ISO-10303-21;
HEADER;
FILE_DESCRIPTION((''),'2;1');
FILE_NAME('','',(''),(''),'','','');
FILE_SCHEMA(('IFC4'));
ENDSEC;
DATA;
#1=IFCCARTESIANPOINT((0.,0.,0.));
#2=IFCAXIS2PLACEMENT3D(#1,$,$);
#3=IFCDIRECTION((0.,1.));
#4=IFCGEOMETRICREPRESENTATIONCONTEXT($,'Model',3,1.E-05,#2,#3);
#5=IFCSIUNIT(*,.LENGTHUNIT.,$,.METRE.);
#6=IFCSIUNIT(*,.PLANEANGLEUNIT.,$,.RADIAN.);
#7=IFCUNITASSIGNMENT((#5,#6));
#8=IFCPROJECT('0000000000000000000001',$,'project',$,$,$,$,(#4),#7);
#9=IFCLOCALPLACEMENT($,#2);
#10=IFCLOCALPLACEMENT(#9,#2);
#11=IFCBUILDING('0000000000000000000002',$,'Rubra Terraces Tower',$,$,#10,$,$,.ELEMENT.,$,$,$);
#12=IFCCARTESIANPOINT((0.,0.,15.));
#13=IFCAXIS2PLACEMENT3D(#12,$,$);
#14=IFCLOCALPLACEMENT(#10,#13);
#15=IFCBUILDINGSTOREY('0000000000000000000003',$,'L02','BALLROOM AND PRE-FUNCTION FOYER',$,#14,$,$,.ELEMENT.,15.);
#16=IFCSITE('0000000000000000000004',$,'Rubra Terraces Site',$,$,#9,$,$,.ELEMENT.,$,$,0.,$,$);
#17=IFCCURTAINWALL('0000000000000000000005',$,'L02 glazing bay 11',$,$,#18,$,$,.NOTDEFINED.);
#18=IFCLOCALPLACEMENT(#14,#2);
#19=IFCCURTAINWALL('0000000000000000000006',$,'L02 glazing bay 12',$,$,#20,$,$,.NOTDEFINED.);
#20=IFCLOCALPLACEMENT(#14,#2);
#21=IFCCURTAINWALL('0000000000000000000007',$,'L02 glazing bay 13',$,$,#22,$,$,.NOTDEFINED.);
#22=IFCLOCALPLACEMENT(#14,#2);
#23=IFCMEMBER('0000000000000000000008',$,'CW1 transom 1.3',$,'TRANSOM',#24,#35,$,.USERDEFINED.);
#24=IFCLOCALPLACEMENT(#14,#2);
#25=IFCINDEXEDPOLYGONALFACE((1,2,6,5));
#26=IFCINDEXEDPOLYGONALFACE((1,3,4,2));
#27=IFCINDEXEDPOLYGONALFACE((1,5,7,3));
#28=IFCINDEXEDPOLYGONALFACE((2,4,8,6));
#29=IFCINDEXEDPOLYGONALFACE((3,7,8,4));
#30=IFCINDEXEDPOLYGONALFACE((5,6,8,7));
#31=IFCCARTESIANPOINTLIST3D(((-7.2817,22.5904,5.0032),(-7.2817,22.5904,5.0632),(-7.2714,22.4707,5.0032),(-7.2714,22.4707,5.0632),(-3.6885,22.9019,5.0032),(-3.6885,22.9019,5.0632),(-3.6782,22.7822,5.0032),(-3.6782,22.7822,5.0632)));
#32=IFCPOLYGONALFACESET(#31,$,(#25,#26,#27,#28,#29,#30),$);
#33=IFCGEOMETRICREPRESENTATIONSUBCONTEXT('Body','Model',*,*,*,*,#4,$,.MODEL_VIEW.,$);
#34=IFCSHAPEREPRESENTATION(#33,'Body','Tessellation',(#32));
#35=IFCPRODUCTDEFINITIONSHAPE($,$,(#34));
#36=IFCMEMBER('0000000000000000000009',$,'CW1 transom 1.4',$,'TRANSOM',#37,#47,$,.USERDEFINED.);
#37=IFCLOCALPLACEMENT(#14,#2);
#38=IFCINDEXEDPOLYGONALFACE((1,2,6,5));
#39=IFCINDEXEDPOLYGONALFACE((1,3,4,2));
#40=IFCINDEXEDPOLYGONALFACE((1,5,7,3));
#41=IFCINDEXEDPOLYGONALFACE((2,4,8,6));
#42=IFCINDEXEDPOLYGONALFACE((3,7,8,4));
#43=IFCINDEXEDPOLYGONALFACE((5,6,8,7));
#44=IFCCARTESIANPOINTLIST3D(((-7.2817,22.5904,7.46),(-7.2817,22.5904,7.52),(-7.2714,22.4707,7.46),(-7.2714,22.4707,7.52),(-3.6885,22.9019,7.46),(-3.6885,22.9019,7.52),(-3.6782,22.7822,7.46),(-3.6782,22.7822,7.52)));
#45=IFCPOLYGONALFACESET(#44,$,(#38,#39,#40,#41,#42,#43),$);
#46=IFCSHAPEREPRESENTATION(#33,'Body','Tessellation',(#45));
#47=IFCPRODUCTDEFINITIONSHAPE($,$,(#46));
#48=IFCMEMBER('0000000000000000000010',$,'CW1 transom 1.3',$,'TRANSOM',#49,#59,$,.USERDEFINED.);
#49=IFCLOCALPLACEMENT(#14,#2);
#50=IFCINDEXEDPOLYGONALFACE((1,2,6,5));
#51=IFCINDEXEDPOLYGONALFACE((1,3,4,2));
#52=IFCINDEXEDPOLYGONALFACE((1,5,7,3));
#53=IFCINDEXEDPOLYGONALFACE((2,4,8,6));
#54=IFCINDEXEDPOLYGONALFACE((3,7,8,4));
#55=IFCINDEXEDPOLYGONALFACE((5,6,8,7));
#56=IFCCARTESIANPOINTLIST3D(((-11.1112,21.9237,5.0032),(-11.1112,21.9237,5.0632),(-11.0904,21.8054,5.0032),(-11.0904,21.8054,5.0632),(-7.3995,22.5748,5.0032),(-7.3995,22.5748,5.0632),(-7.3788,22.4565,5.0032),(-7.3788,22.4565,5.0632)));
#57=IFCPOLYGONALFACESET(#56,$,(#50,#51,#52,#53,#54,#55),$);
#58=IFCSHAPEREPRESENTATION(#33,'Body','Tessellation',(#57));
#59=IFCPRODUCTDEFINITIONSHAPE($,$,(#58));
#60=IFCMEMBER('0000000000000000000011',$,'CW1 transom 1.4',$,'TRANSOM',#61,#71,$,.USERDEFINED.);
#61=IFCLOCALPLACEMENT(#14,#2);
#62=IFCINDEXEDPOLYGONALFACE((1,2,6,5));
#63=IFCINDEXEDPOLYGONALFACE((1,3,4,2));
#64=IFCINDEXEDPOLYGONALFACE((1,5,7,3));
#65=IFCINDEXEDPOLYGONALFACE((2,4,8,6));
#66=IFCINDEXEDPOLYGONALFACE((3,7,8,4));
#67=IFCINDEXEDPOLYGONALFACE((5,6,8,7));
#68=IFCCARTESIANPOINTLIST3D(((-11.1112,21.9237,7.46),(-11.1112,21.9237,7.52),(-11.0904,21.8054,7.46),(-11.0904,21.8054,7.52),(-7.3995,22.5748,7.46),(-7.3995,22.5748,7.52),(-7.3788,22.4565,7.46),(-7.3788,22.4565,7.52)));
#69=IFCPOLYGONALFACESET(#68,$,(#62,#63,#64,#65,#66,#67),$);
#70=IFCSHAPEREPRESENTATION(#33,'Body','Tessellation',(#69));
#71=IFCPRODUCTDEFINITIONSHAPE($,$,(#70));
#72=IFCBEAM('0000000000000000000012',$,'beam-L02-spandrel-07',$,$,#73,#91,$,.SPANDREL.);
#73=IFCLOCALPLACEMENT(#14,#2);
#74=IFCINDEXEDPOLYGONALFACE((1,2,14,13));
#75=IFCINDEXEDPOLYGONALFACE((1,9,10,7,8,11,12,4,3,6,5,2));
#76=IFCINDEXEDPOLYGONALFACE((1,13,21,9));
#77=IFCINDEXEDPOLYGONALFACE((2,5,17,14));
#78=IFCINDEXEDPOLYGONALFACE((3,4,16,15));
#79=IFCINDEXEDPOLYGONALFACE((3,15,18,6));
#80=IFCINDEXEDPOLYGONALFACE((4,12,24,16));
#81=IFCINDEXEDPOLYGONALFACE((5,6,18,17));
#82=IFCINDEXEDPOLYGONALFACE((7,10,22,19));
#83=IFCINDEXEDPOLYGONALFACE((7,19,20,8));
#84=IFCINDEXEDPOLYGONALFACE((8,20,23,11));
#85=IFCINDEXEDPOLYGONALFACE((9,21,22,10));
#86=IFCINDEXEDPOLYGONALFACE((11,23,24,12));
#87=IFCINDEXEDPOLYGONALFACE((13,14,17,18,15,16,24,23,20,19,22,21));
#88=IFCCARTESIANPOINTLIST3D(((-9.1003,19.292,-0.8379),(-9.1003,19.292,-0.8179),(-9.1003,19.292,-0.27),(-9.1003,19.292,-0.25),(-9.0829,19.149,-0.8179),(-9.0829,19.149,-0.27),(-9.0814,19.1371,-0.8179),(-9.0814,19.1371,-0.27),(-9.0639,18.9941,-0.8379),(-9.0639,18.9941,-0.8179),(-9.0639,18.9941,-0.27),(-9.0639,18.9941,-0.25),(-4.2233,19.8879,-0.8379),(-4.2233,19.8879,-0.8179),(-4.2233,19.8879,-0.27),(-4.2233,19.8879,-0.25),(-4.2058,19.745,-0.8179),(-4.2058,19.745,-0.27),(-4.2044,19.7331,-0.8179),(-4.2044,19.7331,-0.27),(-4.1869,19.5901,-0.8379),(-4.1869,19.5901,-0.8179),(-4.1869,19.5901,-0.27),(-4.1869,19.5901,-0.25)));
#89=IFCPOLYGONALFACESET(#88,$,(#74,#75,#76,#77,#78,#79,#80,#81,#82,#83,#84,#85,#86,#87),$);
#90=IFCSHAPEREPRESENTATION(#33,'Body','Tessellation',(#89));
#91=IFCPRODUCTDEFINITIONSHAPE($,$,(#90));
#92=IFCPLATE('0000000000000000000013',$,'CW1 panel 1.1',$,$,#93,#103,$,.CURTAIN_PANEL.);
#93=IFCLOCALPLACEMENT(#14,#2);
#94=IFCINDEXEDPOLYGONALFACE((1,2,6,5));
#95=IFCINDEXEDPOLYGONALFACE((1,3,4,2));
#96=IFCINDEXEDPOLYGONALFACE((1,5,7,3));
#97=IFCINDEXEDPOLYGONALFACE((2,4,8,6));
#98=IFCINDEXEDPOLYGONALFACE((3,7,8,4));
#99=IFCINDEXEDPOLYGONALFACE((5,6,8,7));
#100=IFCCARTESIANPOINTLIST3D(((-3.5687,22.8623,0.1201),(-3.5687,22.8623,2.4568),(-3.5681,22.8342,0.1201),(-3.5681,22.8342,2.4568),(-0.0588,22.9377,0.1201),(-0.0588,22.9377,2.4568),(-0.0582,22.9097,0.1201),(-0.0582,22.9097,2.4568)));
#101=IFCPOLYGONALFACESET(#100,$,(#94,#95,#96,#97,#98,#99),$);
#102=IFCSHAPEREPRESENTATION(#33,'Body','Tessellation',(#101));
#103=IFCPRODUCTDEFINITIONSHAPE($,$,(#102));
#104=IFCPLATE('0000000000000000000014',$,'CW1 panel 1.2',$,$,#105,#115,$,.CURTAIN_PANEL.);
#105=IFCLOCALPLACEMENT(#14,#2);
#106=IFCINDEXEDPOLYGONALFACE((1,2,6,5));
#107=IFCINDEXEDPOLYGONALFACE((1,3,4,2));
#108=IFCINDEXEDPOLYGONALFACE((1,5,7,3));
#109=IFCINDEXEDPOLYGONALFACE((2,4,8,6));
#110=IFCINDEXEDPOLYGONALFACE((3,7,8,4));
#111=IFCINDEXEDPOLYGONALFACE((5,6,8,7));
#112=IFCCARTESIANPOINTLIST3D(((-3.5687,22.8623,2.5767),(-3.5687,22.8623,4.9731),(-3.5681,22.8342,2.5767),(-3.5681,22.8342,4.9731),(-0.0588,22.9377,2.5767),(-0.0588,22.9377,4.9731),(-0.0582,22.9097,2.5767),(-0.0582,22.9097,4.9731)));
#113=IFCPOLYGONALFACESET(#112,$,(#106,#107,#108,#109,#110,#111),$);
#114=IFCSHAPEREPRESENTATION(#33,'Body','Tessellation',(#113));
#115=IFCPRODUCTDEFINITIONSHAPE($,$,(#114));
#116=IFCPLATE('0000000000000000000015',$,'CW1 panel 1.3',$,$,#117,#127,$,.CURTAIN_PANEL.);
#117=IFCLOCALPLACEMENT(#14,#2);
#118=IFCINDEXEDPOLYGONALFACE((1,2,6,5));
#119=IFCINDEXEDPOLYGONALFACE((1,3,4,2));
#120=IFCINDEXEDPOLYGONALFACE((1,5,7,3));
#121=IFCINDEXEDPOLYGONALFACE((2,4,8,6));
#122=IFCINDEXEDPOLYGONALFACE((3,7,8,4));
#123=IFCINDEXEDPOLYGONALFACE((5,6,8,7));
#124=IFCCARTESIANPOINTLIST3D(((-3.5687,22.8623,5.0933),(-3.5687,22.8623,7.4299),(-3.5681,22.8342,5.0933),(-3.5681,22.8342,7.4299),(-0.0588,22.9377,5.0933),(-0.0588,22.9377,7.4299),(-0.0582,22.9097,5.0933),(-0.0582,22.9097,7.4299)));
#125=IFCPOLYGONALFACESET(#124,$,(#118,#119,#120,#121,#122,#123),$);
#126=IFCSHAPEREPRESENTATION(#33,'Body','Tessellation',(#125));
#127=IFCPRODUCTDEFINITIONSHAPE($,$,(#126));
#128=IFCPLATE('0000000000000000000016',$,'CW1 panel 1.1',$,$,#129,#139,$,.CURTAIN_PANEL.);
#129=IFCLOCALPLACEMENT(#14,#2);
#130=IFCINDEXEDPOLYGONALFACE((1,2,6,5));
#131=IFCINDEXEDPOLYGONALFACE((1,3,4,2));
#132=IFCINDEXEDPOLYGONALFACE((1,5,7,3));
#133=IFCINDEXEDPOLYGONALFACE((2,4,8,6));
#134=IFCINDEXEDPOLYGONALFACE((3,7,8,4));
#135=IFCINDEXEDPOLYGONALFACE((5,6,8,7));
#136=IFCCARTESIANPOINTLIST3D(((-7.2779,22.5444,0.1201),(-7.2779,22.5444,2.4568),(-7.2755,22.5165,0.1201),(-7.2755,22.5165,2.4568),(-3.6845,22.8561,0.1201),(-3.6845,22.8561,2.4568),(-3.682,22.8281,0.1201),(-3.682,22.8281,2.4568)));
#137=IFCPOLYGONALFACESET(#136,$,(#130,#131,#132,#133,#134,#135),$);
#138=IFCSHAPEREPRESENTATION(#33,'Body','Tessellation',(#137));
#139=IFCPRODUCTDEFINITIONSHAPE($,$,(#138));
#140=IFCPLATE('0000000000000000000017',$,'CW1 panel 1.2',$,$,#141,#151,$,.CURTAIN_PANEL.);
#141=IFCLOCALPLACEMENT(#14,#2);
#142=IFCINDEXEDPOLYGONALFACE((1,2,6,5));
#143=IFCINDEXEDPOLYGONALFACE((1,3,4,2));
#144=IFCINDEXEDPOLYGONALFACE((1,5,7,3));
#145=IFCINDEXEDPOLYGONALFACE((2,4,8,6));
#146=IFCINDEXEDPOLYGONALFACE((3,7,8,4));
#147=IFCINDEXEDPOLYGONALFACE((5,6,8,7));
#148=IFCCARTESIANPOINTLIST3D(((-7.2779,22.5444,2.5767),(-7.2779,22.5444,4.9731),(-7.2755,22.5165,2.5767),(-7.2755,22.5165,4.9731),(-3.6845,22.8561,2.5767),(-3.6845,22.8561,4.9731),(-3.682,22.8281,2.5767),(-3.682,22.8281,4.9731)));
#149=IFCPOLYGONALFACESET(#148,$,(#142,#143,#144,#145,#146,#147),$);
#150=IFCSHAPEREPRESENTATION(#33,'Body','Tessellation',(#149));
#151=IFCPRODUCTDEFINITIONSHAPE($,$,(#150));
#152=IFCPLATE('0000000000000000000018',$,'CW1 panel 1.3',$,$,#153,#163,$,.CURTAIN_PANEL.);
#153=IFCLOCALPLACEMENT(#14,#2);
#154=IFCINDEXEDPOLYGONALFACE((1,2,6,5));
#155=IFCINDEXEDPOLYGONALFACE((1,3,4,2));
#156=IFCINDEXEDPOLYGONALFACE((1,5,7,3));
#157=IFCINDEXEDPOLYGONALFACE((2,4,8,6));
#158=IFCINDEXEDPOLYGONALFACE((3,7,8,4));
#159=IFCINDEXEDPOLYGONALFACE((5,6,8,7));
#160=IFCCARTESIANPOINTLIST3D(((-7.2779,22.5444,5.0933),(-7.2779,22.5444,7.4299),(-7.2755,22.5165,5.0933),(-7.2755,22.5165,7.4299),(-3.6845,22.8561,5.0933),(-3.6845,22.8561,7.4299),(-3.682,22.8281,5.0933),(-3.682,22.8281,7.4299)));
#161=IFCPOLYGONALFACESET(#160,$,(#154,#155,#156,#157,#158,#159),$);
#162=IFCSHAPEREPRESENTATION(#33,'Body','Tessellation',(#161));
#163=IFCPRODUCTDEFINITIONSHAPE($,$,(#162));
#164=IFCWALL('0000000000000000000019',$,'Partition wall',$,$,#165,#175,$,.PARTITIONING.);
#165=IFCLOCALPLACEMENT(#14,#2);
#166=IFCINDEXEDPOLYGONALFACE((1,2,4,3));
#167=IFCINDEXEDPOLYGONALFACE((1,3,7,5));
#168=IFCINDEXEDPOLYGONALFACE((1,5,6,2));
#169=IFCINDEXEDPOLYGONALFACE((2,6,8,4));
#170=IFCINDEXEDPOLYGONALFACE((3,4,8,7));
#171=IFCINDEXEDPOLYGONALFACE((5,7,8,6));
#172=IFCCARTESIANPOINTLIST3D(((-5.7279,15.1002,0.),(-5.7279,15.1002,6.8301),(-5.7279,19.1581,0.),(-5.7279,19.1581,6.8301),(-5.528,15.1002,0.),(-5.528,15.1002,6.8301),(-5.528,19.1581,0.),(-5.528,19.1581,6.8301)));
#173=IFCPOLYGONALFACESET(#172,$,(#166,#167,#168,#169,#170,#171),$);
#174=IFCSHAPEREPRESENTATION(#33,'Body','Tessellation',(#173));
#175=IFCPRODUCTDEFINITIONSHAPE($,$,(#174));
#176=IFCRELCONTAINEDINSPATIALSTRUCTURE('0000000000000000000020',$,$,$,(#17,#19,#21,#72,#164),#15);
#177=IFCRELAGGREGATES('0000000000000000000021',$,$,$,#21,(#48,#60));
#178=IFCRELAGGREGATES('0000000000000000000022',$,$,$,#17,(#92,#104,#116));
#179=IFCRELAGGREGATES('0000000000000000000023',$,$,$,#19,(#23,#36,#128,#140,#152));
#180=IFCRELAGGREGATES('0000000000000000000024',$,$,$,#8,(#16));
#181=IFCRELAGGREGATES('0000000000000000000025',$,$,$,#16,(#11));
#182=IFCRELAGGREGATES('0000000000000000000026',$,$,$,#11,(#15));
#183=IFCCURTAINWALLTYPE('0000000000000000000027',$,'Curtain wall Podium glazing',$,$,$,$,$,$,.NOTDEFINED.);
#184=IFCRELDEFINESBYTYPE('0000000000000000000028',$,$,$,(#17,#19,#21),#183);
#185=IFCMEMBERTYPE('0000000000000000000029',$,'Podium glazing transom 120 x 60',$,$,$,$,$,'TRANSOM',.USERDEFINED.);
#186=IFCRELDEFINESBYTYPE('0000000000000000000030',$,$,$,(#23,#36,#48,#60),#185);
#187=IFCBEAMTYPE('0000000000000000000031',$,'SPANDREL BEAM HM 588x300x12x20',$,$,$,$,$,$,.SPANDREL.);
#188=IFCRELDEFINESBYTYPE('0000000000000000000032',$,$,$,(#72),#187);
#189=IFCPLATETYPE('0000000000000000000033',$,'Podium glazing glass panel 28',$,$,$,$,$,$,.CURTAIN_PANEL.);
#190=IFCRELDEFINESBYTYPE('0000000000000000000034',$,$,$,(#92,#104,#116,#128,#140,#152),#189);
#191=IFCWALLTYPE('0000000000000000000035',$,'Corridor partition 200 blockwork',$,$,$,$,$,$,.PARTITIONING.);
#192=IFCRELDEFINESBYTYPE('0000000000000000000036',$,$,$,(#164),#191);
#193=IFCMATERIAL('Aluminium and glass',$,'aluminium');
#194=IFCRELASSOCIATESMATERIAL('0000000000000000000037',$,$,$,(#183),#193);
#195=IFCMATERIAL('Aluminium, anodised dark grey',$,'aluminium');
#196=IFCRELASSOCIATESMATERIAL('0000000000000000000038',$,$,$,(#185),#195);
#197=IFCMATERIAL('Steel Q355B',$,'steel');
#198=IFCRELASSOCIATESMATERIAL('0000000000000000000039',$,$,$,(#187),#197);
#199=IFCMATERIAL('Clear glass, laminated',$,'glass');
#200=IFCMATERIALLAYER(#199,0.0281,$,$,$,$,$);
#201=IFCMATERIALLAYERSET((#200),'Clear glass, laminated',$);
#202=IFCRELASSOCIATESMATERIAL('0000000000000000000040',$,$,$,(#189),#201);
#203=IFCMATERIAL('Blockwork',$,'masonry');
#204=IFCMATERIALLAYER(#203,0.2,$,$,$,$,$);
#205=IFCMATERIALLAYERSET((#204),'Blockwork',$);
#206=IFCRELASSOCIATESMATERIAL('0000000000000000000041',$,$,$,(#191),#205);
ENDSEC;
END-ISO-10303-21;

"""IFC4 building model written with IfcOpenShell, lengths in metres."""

from ifc_helpers import new_model, si_unit, direction, frame, frame_2d, origin, origin_2d, place, context, subcontext, project, spatial, rectangle, i_section, extrude, material, layer, layer_set, material_profile, profile_set, type_object, element, aggregate, save


model = new_model("IFC4")

# Units and contexts
model_context = context("Model", 3, precision=1e-05, world=origin(), true_north=direction((0.0, 1.0)))
body_context = subcontext(model_context, "Body", "Model", "MODEL_VIEW")
ifc_project = project(units=[si_unit("LENGTHUNIT", "METRE"), si_unit("PLANEANGLEUNIT", "RADIAN")], contexts=[model_context])

# Site, building, storey
site_placement = place(None, origin())
site = spatial("IfcSite", under=ifc_project, at=site_placement, Name="Rubra Terraces Site", CompositionType="ELEMENT", RefElevation=0.0)
building_placement = place(site_placement, origin())
building = spatial("IfcBuilding", under=site, at=building_placement, Name="Rubra Terraces Tower", CompositionType="ELEMENT")
storey_placement = place(building_placement, frame((0.0, 0.0, 15.0)))
storey = spatial("IfcBuildingStorey", under=building, at=storey_placement, Name="L02", Description="BALLROOM AND PRE-FUNCTION FOYER", CompositionType="ELEMENT", Elevation=15.0)

# Shared definitions
ifc_material_1 = material(Name="Steel Q355B", Category="steel")

# Curtain walls
ifc_material_2 = material(Name="Aluminium and glass", Category="aluminium")
curtain_wall_type = type_object("IfcCurtainWallType", Name="Curtain wall Podium glazing", PredefinedType="NOTDEFINED", material=ifc_material_2)
curtain_wall_1_placement = place(storey_placement, origin())
curtain_wall_1 = element("IfcCurtainWall", 1, at=curtain_wall_1_placement, inside=storey, type_object=curtain_wall_type, Name="L02 glazing bay 11", PredefinedType="NOTDEFINED")
ifc_material_3 = material(Name="Aluminium, anodised dark grey", Category="aluminium")
curtain_wall_2_placement = place(storey_placement, origin())
curtain_wall_2 = element("IfcCurtainWall", 2, at=curtain_wall_2_placement, inside=storey, type_object=curtain_wall_type, Name="L02 glazing bay 12", PredefinedType="NOTDEFINED")
curtain_wall_3_placement = place(storey_placement, origin())
curtain_wall_3 = element("IfcCurtainWall", 3, at=curtain_wall_3_placement, inside=storey, type_object=curtain_wall_type, Name="L02 glazing bay 13", PredefinedType="NOTDEFINED")

# Members
ifc_material_profile_1 = material_profile(ifc_material_3, rectangle(XDim=0.1201, YDim=0.0601, at=origin_2d()), Name="AL 120x60")
ifc_profile_set_1 = profile_set([ifc_material_profile_1], Name="Aluminium, anodised dark grey")
member_type_1 = type_object("IfcMemberType", Name="Podium glazing transom 120 x 60", ElementType="TRANSOM", PredefinedType="USERDEFINED", material=ifc_profile_set_1)
member_1_placement = place(storey_placement, frame((-3.6833, 22.842, 5.0332), z_axis=(-0.996263, -0.086373, 0.0), x_axis=(0.086373, -0.996263, 0.0)))
member_1 = element("IfcMember", 4, at=member_1_placement, type_object=member_type_1, Name="CW1 transom 1.3", ObjectType="TRANSOM", PredefinedType="USERDEFINED", context=body_context, shape_type="SweptSolid", body=[
    extrude(rectangle(XDim=0.1201, YDim=0.0601, at=origin_2d()), origin(), (0.0, 0.0, 1.0), 3.6067),
])
member_2_placement = place(storey_placement, frame((-3.6833, 22.842, 7.49), z_axis=(-0.996263, -0.086373, 0.0), x_axis=(0.086373, -0.996263, 0.0)))
member_2 = element("IfcMember", 5, at=member_2_placement, type_object=member_type_1, Name="CW1 transom 1.4", ObjectType="TRANSOM", PredefinedType="USERDEFINED", context=body_context, shape_type="SweptSolid", body=[
    extrude(rectangle(XDim=0.1201, YDim=0.0601, at=origin_2d()), origin(), (0.0, 0.0, 1.0), 3.6067),
])
member_3_placement = place(storey_placement, frame((-7.3892, 22.5156, 5.0332), z_axis=(-0.984959, -0.172787, 0.0), x_axis=(0.172787, -0.984959, 0.0)))
member_3 = element("IfcMember", 6, at=member_3_placement, type_object=member_type_1, Name="CW1 transom 1.3", ObjectType="TRANSOM", PredefinedType="USERDEFINED", context=body_context, shape_type="SweptSolid", body=[
    extrude(rectangle(XDim=0.1201, YDim=0.0601, at=origin_2d()), origin(), (0.0, 0.0, 1.0), 3.7683),
])
member_4_placement = place(storey_placement, frame((-7.3892, 22.5156, 7.49), z_axis=(-0.984959, -0.172787, 0.0), x_axis=(0.172787, -0.984959, 0.0)))
member_4 = element("IfcMember", 7, at=member_4_placement, type_object=member_type_1, Name="CW1 transom 1.4", ObjectType="TRANSOM", PredefinedType="USERDEFINED", context=body_context, shape_type="SweptSolid", body=[
    extrude(rectangle(XDim=0.1201, YDim=0.0601, at=origin_2d()), origin(), (0.0, 0.0, 1.0), 3.7683),
])
aggregate(curtain_wall_3, [member_3, member_4])

# Beam
ifc_material_profile_2 = material_profile(ifc_material_1, i_section(OverallWidth=0.3, OverallDepth=0.5879, WebThickness=0.012, FlangeThickness=0.02, at=origin_2d()), Name="HM 588x300x12x20")
ifc_profile_set_2 = profile_set([ifc_material_profile_2], Name="Steel Q355B")
beam_type_1 = type_object("IfcBeamType", Name="SPANDREL BEAM HM 588x300x12x20", PredefinedType="SPANDREL", material=ifc_profile_set_2)
beam_1_placement = place(storey_placement, frame((-4.2051, 19.739, -0.5439), z_axis=(-0.992617, -0.121294, 0.0), x_axis=(0.121294, -0.992617, 0.0)))
element("IfcBeam", 8, at=beam_1_placement, inside=storey, type_object=beam_type_1, Name="beam-L02-spandrel-07", PredefinedType="SPANDREL", context=body_context, shape_type="SweptSolid", body=[
    extrude(i_section(OverallWidth=0.3, OverallDepth=0.5879, WebThickness=0.012, FlangeThickness=0.02, at=origin_2d()), origin(), (0.0, 0.0, 1.0), 4.9133),
])

# Plates
ifc_material_4 = material(Name="Clear glass, laminated", Category="glass")
ifc_layer_1 = layer(ifc_material_4, 0.0281)
ifc_layer_set_1 = layer_set([ifc_layer_1], Name="Clear glass, laminated")
plate_type = type_object("IfcPlateType", Name="Podium glazing glass panel 28", PredefinedType="CURTAIN_PANEL", material=ifc_layer_set_1)
plate_1_placement = place(storey_placement, frame((-1.8135, 22.886, 0.1201), z_axis=(0.0, 0.0, 1.0), x_axis=(-0.999769, -0.021483, 0.0)))
plate_1 = element("IfcPlate", 9, at=plate_1_placement, type_object=plate_type, Name="CW1 panel 1.1", PredefinedType="CURTAIN_PANEL", context=body_context, shape_type="SweptSolid", body=[
    extrude(rectangle(XDim=3.5107, YDim=0.0281, at=origin_2d()), origin(), (0.0, 0.0, 1.0), 2.3367),
])
plate_2_placement = place(storey_placement, frame((-1.8135, 22.886, 2.5767), z_axis=(0.0, 0.0, 1.0), x_axis=(-0.999769, -0.021483, 0.0)))
plate_2 = element("IfcPlate", 10, at=plate_2_placement, type_object=plate_type, Name="CW1 panel 1.2", PredefinedType="CURTAIN_PANEL", context=body_context, shape_type="SweptSolid", body=[
    extrude(rectangle(XDim=3.5107, YDim=0.0281, at=origin_2d()), origin(), (0.0, 0.0, 1.0), 2.3965),
])
plate_3_placement = place(storey_placement, frame((-1.8135, 22.886, 5.0933), z_axis=(0.0, 0.0, 1.0), x_axis=(-0.999769, -0.021483, 0.0)))
plate_3 = element("IfcPlate", 11, at=plate_3_placement, type_object=plate_type, Name="CW1 panel 1.3", PredefinedType="CURTAIN_PANEL", context=body_context, shape_type="SweptSolid", body=[
    extrude(rectangle(XDim=3.5107, YDim=0.0281, at=origin_2d()), origin(), (0.0, 0.0, 1.0), 2.3367),
])
aggregate(curtain_wall_1, [plate_1, plate_2, plate_3])
plate_4_placement = place(storey_placement, frame((-5.48, 22.6863, 0.1201), z_axis=(0.0, 0.0, 1.0), x_axis=(-0.996261, -0.086398, 0.0)))
plate_4 = element("IfcPlate", 12, at=plate_4_placement, type_object=plate_type, Name="CW1 panel 1.1", PredefinedType="CURTAIN_PANEL", context=body_context, shape_type="SweptSolid", body=[
    extrude(rectangle(XDim=3.6069, YDim=0.0281, at=origin_2d()), origin(), (0.0, 0.0, 1.0), 2.3367),
])
plate_5_placement = place(storey_placement, frame((-5.48, 22.6863, 2.5767), z_axis=(0.0, 0.0, 1.0), x_axis=(-0.996261, -0.086398, 0.0)))
plate_5 = element("IfcPlate", 13, at=plate_5_placement, type_object=plate_type, Name="CW1 panel 1.2", PredefinedType="CURTAIN_PANEL", context=body_context, shape_type="SweptSolid", body=[
    extrude(rectangle(XDim=3.6069, YDim=0.0281, at=origin_2d()), origin(), (0.0, 0.0, 1.0), 2.3965),
])
plate_6_placement = place(storey_placement, frame((-5.48, 22.6863, 5.0933), z_axis=(0.0, 0.0, 1.0), x_axis=(-0.996261, -0.086398, 0.0)))
plate_6 = element("IfcPlate", 14, at=plate_6_placement, type_object=plate_type, Name="CW1 panel 1.3", PredefinedType="CURTAIN_PANEL", context=body_context, shape_type="SweptSolid", body=[
    extrude(rectangle(XDim=3.6069, YDim=0.0281, at=origin_2d()), origin(), (0.0, 0.0, 1.0), 2.3367),
])
aggregate(curtain_wall_2, [member_1, member_2, plate_4, plate_5, plate_6])

# Wall
ifc_material_5 = material(Name="Blockwork", Category="masonry")
ifc_layer_2 = layer(ifc_material_5, 0.2)
ifc_layer_set_2 = layer_set([ifc_layer_2], Name="Blockwork")
wall_type = type_object("IfcWallType", Name="Corridor partition 200 blockwork", PredefinedType="PARTITIONING", material=ifc_layer_set_2)
wall_placement = place(storey_placement, frame((-5.6279, 19.158, 0.0), z_axis=(0.0, 0.0, 1.0), x_axis=(0.0, -1.0, 0.0)))
element("IfcWall", 15, at=wall_placement, inside=storey, type_object=wall_type, Name="Partition wall", PredefinedType="PARTITIONING", context=body_context, shape_type="SweptSolid", body=[
    extrude(rectangle(XDim=4.0579, YDim=0.2, at=frame_2d((2.0288, 0.0))), origin(), (0.0, 0.0, 1.0), 6.8301),
])

save(model, "model.ifc")
